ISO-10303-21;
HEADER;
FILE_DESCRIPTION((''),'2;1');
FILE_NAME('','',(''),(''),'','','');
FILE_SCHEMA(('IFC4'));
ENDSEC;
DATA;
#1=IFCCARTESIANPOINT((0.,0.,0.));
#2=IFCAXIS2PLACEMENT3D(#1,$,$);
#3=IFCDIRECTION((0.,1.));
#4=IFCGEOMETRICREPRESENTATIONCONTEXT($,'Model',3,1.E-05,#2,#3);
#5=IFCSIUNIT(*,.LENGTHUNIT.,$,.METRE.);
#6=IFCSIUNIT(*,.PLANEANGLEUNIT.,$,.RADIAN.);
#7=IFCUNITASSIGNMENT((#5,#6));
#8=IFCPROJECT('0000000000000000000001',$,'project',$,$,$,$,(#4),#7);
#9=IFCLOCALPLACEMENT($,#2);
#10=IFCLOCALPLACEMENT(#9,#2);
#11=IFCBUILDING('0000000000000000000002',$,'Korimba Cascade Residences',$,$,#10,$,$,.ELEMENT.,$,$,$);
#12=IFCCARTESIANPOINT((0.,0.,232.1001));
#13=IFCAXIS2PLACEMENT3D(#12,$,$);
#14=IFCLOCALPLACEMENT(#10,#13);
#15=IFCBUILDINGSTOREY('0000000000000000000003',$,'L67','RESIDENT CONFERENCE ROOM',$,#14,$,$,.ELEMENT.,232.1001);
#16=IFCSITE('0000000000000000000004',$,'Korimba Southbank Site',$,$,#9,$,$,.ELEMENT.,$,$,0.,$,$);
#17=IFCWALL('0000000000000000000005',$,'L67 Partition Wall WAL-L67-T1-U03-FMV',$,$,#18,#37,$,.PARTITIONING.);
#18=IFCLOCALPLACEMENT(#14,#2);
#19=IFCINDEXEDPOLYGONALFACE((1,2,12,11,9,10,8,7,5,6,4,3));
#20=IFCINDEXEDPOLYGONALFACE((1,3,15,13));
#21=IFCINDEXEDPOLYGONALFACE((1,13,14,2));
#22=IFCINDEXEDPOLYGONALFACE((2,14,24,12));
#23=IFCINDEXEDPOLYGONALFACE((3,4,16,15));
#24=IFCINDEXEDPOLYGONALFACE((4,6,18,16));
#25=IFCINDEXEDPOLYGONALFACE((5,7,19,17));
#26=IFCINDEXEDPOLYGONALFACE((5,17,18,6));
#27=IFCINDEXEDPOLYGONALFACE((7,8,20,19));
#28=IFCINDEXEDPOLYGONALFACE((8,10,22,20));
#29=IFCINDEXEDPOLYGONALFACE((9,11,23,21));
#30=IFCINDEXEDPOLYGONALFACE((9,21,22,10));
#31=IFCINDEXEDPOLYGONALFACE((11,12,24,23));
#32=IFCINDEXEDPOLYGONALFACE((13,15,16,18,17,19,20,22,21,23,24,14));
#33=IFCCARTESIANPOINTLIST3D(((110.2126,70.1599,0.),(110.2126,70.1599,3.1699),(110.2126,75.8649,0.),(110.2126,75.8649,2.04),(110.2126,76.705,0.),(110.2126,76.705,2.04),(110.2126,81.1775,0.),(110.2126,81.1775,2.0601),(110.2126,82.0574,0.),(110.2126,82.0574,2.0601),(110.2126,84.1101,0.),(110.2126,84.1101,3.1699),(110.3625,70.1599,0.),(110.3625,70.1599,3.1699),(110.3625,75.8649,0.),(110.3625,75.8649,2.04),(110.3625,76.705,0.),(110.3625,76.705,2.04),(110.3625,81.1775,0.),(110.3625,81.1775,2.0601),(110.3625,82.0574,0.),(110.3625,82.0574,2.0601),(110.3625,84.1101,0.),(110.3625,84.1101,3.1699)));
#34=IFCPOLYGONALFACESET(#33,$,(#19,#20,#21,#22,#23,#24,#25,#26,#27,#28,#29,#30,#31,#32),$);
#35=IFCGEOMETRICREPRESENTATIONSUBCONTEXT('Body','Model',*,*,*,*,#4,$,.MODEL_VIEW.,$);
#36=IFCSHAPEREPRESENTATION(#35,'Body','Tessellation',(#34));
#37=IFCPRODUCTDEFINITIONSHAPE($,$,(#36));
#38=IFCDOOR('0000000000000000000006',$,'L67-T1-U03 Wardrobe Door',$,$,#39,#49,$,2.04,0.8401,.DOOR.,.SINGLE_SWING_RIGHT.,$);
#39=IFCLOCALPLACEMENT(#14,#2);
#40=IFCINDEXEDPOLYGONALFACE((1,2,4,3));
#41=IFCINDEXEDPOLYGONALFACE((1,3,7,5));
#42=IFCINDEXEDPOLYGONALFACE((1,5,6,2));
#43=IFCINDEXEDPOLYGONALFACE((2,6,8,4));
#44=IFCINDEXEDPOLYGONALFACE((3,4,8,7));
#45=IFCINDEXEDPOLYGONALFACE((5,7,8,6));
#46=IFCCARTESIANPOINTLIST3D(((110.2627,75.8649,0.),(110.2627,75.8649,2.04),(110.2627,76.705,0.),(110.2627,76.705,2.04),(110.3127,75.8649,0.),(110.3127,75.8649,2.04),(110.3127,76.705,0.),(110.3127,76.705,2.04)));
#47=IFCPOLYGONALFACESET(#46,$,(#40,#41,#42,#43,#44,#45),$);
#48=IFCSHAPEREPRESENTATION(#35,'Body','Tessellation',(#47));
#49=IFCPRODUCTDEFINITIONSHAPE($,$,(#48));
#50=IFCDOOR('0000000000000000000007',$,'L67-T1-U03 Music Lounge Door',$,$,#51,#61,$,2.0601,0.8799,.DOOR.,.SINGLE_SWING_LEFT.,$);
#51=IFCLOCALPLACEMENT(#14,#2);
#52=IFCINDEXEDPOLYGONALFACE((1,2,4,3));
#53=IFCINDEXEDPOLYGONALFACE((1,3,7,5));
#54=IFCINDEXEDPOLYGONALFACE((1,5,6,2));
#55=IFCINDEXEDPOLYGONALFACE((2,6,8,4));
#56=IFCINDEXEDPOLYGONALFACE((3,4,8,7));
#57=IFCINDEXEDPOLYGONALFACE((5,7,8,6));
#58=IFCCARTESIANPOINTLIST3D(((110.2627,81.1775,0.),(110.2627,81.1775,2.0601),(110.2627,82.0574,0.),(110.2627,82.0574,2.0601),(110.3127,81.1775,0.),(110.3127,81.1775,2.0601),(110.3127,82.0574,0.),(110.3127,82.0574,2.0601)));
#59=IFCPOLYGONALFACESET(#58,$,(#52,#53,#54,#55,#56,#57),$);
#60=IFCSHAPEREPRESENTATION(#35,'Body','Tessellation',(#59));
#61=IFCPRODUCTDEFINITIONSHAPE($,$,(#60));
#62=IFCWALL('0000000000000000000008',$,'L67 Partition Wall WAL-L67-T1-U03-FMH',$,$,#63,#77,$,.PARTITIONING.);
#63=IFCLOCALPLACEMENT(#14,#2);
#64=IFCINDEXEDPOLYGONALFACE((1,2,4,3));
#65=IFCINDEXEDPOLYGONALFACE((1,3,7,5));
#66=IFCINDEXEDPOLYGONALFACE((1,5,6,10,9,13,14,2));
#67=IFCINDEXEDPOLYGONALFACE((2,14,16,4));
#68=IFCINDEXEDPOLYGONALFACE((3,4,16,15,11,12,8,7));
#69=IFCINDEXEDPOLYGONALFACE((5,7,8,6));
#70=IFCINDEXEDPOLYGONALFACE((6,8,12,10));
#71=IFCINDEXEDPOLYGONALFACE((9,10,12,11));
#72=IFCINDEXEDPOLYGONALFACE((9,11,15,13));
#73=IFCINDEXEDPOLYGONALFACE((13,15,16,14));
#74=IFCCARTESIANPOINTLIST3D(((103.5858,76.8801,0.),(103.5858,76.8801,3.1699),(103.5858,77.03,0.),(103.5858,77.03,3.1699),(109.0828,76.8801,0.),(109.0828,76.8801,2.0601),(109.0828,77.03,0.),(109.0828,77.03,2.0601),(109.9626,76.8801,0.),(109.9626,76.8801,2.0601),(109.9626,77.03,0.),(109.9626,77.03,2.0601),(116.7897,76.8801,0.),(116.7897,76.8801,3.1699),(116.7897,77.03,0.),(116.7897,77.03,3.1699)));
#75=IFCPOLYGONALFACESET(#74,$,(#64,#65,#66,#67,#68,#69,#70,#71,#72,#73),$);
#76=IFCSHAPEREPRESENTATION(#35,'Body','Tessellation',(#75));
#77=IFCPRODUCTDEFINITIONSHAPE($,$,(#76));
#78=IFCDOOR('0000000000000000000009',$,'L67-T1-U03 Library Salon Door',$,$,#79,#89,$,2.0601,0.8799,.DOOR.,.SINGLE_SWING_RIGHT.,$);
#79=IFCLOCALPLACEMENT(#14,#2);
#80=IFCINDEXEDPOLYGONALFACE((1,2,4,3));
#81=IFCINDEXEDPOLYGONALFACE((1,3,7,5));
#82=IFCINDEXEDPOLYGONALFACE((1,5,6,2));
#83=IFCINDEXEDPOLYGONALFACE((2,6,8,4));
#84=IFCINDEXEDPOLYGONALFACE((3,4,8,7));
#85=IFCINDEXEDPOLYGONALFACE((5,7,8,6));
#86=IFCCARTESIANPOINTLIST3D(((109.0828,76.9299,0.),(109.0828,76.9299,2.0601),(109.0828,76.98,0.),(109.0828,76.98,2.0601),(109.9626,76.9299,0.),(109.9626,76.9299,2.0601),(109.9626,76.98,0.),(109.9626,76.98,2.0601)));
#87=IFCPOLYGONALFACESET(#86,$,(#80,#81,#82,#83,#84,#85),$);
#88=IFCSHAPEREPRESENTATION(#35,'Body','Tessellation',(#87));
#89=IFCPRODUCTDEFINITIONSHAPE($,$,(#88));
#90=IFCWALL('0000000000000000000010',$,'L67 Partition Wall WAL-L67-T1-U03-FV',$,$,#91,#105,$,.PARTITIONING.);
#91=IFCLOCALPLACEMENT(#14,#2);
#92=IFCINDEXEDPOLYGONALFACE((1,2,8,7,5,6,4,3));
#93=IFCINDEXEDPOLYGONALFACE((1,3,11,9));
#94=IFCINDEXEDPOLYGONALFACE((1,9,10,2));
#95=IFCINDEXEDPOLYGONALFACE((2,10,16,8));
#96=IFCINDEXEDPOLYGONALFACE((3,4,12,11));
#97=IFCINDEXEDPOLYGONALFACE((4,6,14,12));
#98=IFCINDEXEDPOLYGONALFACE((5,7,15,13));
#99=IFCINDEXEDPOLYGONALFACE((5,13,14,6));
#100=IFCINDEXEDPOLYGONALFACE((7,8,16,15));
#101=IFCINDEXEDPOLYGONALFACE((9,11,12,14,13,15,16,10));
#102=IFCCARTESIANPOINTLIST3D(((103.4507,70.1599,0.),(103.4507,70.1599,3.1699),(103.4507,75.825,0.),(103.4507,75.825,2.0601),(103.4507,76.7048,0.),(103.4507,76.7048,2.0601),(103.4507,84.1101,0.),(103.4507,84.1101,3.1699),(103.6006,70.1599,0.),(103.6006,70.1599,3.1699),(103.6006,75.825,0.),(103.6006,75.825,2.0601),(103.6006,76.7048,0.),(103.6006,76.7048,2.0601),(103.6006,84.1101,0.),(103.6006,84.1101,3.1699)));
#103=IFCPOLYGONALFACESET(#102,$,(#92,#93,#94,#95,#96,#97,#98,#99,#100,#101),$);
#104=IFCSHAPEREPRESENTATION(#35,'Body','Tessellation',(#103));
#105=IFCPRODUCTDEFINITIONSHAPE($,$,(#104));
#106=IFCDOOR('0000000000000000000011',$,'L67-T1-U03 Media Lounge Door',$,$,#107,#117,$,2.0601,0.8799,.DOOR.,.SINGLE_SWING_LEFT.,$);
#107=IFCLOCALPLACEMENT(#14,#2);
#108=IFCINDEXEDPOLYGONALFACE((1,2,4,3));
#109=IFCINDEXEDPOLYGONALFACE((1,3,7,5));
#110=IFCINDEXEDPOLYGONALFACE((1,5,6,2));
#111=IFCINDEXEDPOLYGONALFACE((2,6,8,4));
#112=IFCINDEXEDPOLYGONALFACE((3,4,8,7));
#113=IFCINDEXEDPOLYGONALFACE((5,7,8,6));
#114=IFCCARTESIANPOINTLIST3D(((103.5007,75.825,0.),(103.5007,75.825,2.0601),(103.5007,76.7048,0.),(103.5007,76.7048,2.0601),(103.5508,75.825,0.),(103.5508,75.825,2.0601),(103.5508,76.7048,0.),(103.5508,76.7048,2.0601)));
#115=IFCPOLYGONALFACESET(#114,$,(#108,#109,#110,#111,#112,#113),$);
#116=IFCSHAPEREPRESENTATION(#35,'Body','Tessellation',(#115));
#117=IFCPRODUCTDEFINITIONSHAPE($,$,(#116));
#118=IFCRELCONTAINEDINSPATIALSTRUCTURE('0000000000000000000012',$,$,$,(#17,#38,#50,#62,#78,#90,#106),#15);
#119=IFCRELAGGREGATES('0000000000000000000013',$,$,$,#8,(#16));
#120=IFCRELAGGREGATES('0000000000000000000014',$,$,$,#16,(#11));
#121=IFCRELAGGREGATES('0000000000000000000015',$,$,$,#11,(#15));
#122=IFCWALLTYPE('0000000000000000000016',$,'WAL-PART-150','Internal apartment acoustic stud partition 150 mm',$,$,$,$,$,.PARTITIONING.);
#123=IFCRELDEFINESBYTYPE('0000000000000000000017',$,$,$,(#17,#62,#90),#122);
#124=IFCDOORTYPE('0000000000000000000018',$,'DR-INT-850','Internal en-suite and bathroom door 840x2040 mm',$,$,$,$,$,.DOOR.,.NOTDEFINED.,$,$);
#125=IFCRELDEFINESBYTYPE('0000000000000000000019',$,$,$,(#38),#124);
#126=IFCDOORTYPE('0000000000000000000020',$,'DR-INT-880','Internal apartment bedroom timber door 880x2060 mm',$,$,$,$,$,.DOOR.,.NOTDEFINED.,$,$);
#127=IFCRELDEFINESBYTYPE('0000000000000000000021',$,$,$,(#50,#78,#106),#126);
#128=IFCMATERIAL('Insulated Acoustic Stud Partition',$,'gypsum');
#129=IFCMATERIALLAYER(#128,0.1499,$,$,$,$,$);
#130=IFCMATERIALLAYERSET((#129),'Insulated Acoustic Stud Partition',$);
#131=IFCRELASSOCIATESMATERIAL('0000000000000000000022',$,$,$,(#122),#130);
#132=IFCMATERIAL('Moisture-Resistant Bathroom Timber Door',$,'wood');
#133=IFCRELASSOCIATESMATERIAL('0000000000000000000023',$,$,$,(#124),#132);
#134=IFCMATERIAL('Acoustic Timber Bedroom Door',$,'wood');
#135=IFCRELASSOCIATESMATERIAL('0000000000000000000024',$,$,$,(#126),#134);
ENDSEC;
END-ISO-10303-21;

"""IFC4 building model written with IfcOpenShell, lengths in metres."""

from ifc_helpers import new_model, si_unit, direction, frame, frame_2d, origin, place, context, subcontext, project, spatial, rectangle, extrude, material, layer, layer_set, type_object, element, fill, save


model = new_model("IFC4")

# Units and contexts
model_context = context("Model", 3, precision=1e-05, world=origin(), true_north=direction((0.0, 1.0)))
body_context = subcontext(model_context, "Body", "Model", "MODEL_VIEW")
ifc_project = project(units=[si_unit("LENGTHUNIT", "METRE"), si_unit("PLANEANGLEUNIT", "RADIAN")], contexts=[model_context])

# Site, building, storey
site_placement = place(None, origin())
site = spatial("IfcSite", under=ifc_project, at=site_placement, Name="Korimba Southbank Site", CompositionType="ELEMENT", RefElevation=0.0)
building_placement = place(site_placement, origin())
building = spatial("IfcBuilding", under=site, at=building_placement, Name="Korimba Cascade Residences", CompositionType="ELEMENT")
storey_placement = place(building_placement, frame((0.0, 0.0, 232.1001)))
storey = spatial("IfcBuildingStorey", under=building, at=storey_placement, Name="L67", Description="RESIDENT CONFERENCE ROOM", CompositionType="ELEMENT", Elevation=232.1001)

# Shared definitions
ifc_material_1 = material(Name="Insulated Acoustic Stud Partition", Category="gypsum")
ifc_layer_1 = layer(ifc_material_1, 0.1499)
ifc_layer_set_1 = layer_set([ifc_layer_1], Name="Insulated Acoustic Stud Partition")
wall_type_1 = type_object("IfcWallType", Name="WAL-PART-150", Description="Internal apartment acoustic stud partition 150 mm", PredefinedType="PARTITIONING", material=ifc_layer_set_1)

# Wall, openings, doors
ifc_material_2 = material(Name="Moisture-Resistant Bathroom Timber Door", Category="wood")
door_type_1 = type_object("IfcDoorType", Name="DR-INT-850", Description="Internal en-suite and bathroom door 840x2040 mm", OperationType="NOTDEFINED", PredefinedType="DOOR", material=ifc_material_2)
ifc_material_3 = material(Name="Acoustic Timber Bedroom Door", Category="wood")
door_type_2 = type_object("IfcDoorType", Name="DR-INT-880", Description="Internal apartment bedroom timber door 880x2060 mm", OperationType="NOTDEFINED", PredefinedType="DOOR", material=ifc_material_3)
wall_1_placement = place(storey_placement, frame((110.2876, 70.1599, 0.0), z_axis=(0.0, 0.0, 1.0), x_axis=(0.0, 1.0, 0.0)))
wall_1 = element("IfcWall", 1, at=wall_1_placement, inside=storey, type_object=wall_type_1, Name="L67 Partition Wall WAL-L67-T1-U03-FMV", PredefinedType="PARTITIONING", context=body_context, shape_type="SweptSolid", body=[
    extrude(rectangle(XDim=13.9502, YDim=0.1499, at=frame_2d((6.9751, 0.0))), origin(), (0.0, 0.0, 1.0), 3.1699),
])
opening_1_placement = place(wall_1_placement, frame((5.7051, 0.0, 0.0)))
opening_1 = element("IfcOpeningElement", 2, at=opening_1_placement, cuts=wall_1, PredefinedType="OPENING", context=body_context, shape_type="SweptSolid", body=[
    extrude(rectangle(XDim=0.8401, YDim=2.04, at=frame_2d((0.4199, 1.02))), frame((0.0, 0.085, 0.0), z_axis=(0.0, -1.0, 0.0), x_axis=(1.0, 0.0, 0.0)), (0.0, 0.0, 1.0), 0.1699),
])
opening_2_placement = place(wall_1_placement, frame((11.0176, 0.0, 0.0)))
opening_2 = element("IfcOpeningElement", 3, at=opening_2_placement, cuts=wall_1, PredefinedType="OPENING", context=body_context, shape_type="SweptSolid", body=[
    extrude(rectangle(XDim=0.8799, YDim=2.0601, at=frame_2d((0.4399, 1.03))), frame((0.0, 0.085, 0.0), z_axis=(0.0, -1.0, 0.0), x_axis=(1.0, 0.0, 0.0)), (0.0, 0.0, 1.0), 0.1699),
])
door_1_placement = place(opening_1_placement, origin())
door_1 = element("IfcDoor", 4, at=door_1_placement, inside=storey, type_object=door_type_1, Name="L67-T1-U03 Wardrobe Door", OperationType="SINGLE_SWING_RIGHT", OverallHeight=2.04, OverallWidth=0.8401, PredefinedType="DOOR", context=body_context, shape_type="SweptSolid", body=[
    extrude(rectangle(XDim=0.8401, YDim=2.04, at=frame_2d((0.4199, 1.02))), frame((0.0, 0.0249, 0.0), z_axis=(0.0, -1.0, 0.0), x_axis=(1.0, 0.0, 0.0)), (0.0, 0.0, 1.0), 0.05),
])
fill(opening_1, door_1)
door_2_placement = place(opening_2_placement, origin())
door_2 = element("IfcDoor", 5, at=door_2_placement, inside=storey, type_object=door_type_2, Name="L67-T1-U03 Music Lounge Door", OperationType="SINGLE_SWING_LEFT", OverallHeight=2.0601, OverallWidth=0.8799, PredefinedType="DOOR", context=body_context, shape_type="SweptSolid", body=[
    extrude(rectangle(XDim=0.8799, YDim=2.0601, at=frame_2d((0.4399, 1.03))), frame((0.0, 0.0249, 0.0), z_axis=(0.0, -1.0, 0.0), x_axis=(1.0, 0.0, 0.0)), (0.0, 0.0, 1.0), 0.05),
])
fill(opening_2, door_2)

# Walls, openings, doors
wall_2_placement = place(storey_placement, frame((103.5857, 76.9551, 0.0), z_axis=(0.0, 0.0, 1.0), x_axis=(1.0, 0.0, 0.0)))
wall_2 = element("IfcWall", 6, at=wall_2_placement, inside=storey, type_object=wall_type_1, Name="L67 Partition Wall WAL-L67-T1-U03-FMH", PredefinedType="PARTITIONING", context=body_context, shape_type="SweptSolid", body=[
    extrude(rectangle(XDim=13.2039, YDim=0.1499, at=frame_2d((6.6021, 0.0))), origin(), (0.0, 0.0, 1.0), 3.1699),
])
opening_3_placement = place(wall_2_placement, frame((5.4971, 0.0, 0.0)))
opening_3 = element("IfcOpeningElement", 7, at=opening_3_placement, cuts=wall_2, PredefinedType="OPENING", context=body_context, shape_type="SweptSolid", body=[
    extrude(rectangle(XDim=0.8799, YDim=2.0601, at=frame_2d((0.4399, 1.03))), frame((0.0, 0.085, 0.0), z_axis=(0.0, -1.0, 0.0), x_axis=(1.0, 0.0, 0.0)), (0.0, 0.0, 1.0), 0.1699),
])
door_3_placement = place(opening_3_placement, origin())
door_3 = element("IfcDoor", 8, at=door_3_placement, inside=storey, type_object=door_type_2, Name="L67-T1-U03 Library Salon Door", OperationType="SINGLE_SWING_RIGHT", OverallHeight=2.0601, OverallWidth=0.8799, PredefinedType="DOOR", context=body_context, shape_type="SweptSolid", body=[
    extrude(rectangle(XDim=0.8799, YDim=2.0601, at=frame_2d((0.4399, 1.03))), frame((0.0, 0.0249, 0.0), z_axis=(0.0, -1.0, 0.0), x_axis=(1.0, 0.0, 0.0)), (0.0, 0.0, 1.0), 0.05),
])
fill(opening_3, door_3)
wall_3_placement = place(storey_placement, frame((103.5256, 70.1599, 0.0), z_axis=(0.0, 0.0, 1.0), x_axis=(0.0, 1.0, 0.0)))
wall_3 = element("IfcWall", 9, at=wall_3_placement, inside=storey, type_object=wall_type_1, Name="L67 Partition Wall WAL-L67-T1-U03-FV", PredefinedType="PARTITIONING", context=body_context, shape_type="SweptSolid", body=[
    extrude(rectangle(XDim=13.9502, YDim=0.1499, at=frame_2d((6.9751, 0.0))), origin(), (0.0, 0.0, 1.0), 3.1699),
])
opening_4_placement = place(wall_3_placement, frame((5.665, 0.0, 0.0)))
opening_4 = element("IfcOpeningElement", 10, at=opening_4_placement, cuts=wall_3, PredefinedType="OPENING", context=body_context, shape_type="SweptSolid", body=[
    extrude(rectangle(XDim=0.8799, YDim=2.0601, at=frame_2d((0.4399, 1.03))), frame((0.0, 0.085, 0.0), z_axis=(0.0, -1.0, 0.0), x_axis=(1.0, 0.0, 0.0)), (0.0, 0.0, 1.0), 0.1699),
])
door_4_placement = place(opening_4_placement, origin())
door_4 = element("IfcDoor", 11, at=door_4_placement, inside=storey, type_object=door_type_2, Name="L67-T1-U03 Media Lounge Door", OperationType="SINGLE_SWING_LEFT", OverallHeight=2.0601, OverallWidth=0.8799, PredefinedType="DOOR", context=body_context, shape_type="SweptSolid", body=[
    extrude(rectangle(XDim=0.8799, YDim=2.0601, at=frame_2d((0.4399, 1.03))), frame((0.0, 0.0249, 0.0), z_axis=(0.0, -1.0, 0.0), x_axis=(1.0, 0.0, 0.0)), (0.0, 0.0, 1.0), 0.05),
])
fill(opening_4, door_4)

save(model, "model.ifc")
